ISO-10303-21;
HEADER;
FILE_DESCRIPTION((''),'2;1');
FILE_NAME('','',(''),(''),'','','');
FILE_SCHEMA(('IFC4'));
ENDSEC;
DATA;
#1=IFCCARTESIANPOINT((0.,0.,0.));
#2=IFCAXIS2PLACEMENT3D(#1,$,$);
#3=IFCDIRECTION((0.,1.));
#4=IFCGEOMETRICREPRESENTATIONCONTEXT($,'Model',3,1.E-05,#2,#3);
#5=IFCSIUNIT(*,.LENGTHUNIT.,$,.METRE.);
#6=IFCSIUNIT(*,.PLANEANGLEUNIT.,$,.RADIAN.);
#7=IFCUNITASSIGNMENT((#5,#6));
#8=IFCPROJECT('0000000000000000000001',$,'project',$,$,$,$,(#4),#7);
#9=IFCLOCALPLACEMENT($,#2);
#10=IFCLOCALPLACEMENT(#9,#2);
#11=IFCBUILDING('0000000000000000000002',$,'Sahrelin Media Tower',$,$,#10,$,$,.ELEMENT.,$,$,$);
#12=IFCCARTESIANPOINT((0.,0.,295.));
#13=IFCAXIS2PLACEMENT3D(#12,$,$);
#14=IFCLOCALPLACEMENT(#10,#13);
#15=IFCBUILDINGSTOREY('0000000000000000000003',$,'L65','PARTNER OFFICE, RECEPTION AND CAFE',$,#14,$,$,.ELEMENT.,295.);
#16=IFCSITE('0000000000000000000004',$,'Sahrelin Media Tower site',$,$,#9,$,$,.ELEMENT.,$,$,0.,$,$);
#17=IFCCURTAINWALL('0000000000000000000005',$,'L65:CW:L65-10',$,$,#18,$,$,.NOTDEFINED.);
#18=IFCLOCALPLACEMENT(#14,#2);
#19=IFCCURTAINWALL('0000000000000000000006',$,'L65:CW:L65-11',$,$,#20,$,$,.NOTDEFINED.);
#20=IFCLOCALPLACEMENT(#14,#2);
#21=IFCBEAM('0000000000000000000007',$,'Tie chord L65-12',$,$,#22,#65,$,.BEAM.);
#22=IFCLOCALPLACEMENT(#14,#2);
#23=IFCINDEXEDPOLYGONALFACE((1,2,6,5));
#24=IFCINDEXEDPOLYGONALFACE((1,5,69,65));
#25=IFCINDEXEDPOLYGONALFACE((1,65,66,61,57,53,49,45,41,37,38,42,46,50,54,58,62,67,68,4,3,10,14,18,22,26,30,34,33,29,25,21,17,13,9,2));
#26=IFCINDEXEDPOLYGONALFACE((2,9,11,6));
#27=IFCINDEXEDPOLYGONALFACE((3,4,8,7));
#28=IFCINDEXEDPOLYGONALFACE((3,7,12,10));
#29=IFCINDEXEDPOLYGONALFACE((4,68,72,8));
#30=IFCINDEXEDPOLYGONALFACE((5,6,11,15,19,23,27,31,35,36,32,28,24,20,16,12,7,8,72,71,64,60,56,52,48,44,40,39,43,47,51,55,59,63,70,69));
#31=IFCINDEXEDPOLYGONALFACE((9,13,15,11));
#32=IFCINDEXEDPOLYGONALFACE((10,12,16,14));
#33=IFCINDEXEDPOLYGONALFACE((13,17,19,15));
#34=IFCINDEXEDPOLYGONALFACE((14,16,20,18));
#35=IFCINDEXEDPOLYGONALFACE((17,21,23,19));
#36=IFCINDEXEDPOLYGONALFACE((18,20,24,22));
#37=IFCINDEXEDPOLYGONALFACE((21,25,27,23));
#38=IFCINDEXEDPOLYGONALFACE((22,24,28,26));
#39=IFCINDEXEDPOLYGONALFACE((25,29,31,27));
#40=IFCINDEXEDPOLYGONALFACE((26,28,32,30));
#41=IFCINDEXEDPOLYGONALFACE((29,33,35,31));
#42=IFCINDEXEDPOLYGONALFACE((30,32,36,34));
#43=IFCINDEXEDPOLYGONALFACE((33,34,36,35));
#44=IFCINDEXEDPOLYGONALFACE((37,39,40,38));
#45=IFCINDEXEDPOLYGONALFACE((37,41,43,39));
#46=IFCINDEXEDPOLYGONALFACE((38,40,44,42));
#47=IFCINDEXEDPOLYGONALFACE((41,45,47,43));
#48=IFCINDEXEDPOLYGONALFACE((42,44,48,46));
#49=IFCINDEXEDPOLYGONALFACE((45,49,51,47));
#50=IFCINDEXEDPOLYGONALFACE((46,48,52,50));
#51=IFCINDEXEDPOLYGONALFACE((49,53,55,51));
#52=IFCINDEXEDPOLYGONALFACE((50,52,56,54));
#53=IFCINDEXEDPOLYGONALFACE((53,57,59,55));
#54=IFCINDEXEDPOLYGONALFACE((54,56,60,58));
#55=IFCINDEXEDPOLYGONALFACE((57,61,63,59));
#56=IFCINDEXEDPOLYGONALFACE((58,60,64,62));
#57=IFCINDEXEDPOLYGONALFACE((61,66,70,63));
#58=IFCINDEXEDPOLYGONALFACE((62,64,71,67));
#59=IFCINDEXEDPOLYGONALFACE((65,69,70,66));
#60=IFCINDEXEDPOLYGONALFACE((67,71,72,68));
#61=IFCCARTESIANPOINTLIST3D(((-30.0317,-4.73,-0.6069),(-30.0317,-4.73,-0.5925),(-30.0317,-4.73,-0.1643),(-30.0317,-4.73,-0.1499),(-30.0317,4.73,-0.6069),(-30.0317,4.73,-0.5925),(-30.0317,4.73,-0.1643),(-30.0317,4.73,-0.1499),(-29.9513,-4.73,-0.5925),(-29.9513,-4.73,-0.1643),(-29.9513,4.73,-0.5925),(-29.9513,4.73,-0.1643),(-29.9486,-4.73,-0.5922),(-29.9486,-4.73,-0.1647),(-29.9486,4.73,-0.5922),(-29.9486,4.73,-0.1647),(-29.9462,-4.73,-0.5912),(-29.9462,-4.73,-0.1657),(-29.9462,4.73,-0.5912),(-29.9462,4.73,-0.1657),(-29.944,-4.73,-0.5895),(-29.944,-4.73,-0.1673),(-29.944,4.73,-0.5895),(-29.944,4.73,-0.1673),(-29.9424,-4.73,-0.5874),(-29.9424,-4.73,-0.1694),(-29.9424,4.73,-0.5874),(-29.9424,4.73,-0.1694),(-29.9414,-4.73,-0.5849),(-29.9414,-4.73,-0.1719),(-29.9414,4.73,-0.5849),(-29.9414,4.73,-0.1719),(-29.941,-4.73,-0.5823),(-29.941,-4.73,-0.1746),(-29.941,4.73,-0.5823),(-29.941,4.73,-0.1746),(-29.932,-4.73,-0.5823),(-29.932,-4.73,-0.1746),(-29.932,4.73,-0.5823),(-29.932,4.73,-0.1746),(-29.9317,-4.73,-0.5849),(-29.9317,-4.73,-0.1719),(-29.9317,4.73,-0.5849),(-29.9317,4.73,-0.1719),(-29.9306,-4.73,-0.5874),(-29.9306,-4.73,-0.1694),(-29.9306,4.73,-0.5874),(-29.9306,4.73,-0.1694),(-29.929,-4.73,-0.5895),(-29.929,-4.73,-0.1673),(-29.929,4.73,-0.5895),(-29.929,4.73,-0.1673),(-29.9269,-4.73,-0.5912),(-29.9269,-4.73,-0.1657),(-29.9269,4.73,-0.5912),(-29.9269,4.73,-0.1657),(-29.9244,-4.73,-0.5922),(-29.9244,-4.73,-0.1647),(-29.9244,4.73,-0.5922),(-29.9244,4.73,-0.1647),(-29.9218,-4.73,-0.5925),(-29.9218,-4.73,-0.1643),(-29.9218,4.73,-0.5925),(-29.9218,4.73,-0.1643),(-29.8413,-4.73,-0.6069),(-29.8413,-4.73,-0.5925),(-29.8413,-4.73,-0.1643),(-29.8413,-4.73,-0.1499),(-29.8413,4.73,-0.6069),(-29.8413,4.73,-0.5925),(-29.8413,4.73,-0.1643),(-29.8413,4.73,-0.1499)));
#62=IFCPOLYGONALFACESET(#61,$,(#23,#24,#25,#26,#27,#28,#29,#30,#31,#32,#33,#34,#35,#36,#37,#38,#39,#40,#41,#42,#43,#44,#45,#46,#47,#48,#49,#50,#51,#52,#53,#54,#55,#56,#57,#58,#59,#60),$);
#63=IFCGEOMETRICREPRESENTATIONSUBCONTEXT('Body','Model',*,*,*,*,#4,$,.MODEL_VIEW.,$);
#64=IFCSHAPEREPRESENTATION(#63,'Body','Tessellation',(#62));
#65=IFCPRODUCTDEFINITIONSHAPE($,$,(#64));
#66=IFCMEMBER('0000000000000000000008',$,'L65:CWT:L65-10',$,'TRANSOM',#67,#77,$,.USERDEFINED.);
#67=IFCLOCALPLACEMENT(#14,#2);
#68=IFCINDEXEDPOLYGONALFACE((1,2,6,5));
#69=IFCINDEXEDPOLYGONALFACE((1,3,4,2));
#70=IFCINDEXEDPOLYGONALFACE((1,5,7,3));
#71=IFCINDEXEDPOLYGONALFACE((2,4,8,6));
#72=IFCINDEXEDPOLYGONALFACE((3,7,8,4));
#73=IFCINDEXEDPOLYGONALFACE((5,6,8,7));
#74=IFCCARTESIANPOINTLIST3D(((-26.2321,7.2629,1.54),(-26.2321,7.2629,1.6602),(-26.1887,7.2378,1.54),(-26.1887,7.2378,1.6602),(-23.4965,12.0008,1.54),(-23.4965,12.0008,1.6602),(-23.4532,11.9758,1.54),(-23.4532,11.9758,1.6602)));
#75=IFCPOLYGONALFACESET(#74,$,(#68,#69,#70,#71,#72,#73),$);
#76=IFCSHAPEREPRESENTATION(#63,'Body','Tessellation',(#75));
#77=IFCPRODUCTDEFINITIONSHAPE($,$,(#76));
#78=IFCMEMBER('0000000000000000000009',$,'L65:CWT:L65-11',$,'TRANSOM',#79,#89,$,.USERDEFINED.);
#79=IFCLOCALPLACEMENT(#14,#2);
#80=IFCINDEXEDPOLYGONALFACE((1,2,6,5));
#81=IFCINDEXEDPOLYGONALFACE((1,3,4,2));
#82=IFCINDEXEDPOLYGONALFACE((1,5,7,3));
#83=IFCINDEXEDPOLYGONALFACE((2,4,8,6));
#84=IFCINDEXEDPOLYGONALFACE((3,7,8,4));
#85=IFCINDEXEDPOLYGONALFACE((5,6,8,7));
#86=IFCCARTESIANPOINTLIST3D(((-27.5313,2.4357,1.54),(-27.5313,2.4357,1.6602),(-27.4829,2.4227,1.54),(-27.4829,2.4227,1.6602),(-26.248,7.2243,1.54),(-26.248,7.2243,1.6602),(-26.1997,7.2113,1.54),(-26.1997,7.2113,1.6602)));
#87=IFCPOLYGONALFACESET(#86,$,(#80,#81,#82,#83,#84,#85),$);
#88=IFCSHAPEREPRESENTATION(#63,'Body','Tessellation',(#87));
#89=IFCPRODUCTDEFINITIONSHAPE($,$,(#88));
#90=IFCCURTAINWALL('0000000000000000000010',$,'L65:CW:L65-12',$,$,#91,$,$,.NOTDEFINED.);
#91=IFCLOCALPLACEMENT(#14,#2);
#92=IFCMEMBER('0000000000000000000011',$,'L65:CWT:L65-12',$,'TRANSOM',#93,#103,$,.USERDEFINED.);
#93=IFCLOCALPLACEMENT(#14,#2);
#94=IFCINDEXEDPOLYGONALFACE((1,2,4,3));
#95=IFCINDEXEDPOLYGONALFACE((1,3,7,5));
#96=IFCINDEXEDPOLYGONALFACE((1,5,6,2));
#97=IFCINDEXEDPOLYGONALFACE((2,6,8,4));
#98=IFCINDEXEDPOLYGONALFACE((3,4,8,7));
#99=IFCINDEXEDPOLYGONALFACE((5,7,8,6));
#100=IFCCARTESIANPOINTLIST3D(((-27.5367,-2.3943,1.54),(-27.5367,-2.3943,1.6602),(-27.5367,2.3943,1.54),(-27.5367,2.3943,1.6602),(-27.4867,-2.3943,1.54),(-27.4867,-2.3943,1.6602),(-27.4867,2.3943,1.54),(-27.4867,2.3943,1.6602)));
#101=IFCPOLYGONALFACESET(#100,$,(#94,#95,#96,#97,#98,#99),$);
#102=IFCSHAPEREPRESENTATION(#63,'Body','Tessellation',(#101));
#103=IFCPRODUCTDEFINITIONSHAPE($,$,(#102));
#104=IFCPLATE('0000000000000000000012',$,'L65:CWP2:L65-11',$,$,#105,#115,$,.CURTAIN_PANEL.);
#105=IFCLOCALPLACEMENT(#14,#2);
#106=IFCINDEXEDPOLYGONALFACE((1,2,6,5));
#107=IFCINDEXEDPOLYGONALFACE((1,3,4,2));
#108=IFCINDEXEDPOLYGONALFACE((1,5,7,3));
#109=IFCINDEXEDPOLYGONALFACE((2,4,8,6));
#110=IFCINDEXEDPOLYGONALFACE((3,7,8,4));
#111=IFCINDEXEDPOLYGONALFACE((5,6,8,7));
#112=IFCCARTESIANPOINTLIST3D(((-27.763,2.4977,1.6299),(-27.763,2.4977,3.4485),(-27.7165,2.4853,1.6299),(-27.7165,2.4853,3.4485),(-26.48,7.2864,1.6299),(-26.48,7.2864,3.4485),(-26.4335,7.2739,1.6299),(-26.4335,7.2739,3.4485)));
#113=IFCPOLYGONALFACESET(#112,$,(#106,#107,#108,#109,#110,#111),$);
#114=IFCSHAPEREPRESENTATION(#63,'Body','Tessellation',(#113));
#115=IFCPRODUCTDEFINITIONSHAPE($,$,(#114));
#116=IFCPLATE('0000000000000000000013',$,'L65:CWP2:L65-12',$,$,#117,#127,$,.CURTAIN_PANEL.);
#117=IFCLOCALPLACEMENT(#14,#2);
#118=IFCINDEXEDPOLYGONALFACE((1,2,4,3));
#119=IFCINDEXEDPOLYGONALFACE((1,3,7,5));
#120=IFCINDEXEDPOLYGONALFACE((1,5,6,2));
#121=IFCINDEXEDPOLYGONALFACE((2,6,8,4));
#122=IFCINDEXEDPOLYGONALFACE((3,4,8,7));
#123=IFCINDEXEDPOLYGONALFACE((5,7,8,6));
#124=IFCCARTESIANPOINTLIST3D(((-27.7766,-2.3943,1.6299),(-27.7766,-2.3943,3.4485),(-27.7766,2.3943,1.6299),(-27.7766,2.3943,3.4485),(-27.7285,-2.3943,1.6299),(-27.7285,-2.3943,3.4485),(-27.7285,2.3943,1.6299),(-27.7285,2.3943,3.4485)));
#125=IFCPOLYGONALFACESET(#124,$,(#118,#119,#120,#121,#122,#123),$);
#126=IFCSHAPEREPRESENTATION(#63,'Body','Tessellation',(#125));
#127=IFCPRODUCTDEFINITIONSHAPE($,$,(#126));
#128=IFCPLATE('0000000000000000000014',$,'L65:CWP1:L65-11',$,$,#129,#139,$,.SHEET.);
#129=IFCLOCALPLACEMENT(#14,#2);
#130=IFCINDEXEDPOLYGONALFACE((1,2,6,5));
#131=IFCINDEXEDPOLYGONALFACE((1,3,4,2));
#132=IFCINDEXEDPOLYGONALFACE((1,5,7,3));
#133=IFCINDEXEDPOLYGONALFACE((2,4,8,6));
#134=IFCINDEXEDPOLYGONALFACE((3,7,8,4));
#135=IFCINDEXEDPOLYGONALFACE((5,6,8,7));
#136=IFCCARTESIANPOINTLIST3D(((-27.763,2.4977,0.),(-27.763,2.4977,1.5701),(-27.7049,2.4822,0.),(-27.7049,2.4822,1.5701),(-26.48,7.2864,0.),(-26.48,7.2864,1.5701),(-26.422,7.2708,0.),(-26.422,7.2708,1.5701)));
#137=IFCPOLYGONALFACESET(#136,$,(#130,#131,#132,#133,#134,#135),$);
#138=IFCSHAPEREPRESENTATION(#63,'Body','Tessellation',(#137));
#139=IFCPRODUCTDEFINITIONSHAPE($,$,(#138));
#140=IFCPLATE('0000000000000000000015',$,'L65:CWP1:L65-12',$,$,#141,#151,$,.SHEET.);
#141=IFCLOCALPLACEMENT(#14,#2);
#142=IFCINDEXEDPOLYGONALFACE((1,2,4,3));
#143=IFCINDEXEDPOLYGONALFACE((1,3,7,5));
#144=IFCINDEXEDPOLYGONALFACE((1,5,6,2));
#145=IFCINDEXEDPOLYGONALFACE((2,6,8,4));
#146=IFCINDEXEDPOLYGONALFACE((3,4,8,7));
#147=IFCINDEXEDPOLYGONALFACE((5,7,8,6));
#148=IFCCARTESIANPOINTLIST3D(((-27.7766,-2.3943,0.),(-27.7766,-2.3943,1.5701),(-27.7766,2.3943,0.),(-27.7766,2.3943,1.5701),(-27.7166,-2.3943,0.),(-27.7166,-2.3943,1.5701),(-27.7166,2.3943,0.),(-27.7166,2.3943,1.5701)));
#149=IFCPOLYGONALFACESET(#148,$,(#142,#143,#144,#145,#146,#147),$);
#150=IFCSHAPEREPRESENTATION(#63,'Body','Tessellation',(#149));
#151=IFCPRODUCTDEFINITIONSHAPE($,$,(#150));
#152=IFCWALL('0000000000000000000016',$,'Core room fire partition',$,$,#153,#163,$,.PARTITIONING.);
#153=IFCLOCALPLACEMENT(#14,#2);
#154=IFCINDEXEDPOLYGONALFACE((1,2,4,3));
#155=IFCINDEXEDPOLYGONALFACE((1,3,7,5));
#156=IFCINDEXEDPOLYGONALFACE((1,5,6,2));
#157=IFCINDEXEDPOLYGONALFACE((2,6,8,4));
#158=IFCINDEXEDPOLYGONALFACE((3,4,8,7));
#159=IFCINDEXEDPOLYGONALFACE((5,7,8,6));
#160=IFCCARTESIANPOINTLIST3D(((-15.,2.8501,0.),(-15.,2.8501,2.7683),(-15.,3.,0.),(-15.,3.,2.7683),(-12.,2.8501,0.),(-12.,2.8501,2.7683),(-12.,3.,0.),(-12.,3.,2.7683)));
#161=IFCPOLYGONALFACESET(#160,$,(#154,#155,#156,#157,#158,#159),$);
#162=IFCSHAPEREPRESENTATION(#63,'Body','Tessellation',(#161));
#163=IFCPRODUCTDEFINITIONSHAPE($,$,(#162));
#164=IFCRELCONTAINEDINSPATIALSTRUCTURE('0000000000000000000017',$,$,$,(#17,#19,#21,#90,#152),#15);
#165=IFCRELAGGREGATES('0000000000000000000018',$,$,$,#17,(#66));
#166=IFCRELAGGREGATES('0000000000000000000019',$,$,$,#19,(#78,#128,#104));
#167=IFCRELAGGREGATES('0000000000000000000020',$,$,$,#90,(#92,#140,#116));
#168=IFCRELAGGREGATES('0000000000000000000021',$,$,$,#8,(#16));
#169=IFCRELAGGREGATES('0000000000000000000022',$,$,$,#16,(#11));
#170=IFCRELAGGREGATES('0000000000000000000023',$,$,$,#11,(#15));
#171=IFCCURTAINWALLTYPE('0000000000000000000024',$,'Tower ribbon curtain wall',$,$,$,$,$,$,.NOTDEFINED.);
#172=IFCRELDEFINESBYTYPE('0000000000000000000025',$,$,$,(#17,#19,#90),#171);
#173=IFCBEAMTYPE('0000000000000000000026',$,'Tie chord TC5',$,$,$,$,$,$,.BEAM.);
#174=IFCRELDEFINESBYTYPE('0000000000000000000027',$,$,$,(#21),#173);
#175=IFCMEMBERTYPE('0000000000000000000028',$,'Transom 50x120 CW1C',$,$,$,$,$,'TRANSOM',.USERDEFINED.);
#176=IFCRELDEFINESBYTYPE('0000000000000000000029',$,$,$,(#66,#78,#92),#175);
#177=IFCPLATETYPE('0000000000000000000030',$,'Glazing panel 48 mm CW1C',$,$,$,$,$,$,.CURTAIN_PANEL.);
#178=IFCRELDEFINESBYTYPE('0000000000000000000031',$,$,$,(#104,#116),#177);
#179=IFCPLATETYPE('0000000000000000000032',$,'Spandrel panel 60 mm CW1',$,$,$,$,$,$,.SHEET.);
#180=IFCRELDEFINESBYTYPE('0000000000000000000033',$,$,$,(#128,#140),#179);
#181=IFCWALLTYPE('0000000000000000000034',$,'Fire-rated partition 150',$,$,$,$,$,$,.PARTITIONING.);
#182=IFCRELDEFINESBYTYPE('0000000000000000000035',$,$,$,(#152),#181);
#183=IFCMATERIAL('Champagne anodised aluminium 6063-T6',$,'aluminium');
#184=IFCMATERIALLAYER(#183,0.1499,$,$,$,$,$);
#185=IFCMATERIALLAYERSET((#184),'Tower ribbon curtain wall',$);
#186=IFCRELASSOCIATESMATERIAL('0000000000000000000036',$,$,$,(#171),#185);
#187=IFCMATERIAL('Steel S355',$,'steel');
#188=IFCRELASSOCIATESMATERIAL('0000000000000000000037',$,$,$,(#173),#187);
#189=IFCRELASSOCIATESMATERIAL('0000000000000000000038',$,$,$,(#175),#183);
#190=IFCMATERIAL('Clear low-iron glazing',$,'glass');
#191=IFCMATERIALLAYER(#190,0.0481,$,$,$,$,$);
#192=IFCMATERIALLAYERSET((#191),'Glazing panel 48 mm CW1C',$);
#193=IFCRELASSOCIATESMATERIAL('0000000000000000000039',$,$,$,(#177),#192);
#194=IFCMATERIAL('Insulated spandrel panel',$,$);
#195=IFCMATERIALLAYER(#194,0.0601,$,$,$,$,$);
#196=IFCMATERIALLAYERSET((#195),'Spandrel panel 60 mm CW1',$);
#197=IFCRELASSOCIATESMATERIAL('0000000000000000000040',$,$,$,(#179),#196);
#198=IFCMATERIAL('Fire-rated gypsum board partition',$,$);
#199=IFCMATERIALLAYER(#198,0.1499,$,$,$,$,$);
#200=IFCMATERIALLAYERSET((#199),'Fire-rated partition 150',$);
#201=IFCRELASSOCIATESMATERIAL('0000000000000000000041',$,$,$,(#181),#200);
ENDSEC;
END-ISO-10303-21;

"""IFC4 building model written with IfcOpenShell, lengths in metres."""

from ifc_helpers import new_model, si_unit, direction, frame, frame_2d, origin, origin_2d, place, context, subcontext, project, spatial, polyline, rectangle, i_section, outline, extrude, material, layer, layer_set, material_profile, profile_set, type_object, element, aggregate, save


model = new_model("IFC4")

# Units and contexts
model_context = context("Model", 3, precision=1e-05, world=origin(), true_north=direction((0.0, 1.0)))
body_context = subcontext(model_context, "Body", "Model", "MODEL_VIEW")
ifc_project = project(units=[si_unit("LENGTHUNIT", "METRE"), si_unit("PLANEANGLEUNIT", "RADIAN")], contexts=[model_context])

# Site, building, storey
site_placement = place(None, origin())
site = spatial("IfcSite", under=ifc_project, at=site_placement, Name="Sahrelin Media Tower site", CompositionType="ELEMENT", RefElevation=0.0)
building_placement = place(site_placement, origin())
building = spatial("IfcBuilding", under=site, at=building_placement, Name="Sahrelin Media Tower", CompositionType="ELEMENT")
storey_placement = place(building_placement, frame((0.0, 0.0, 295.0)))
storey = spatial("IfcBuildingStorey", under=building, at=storey_placement, Name="L65", Description="PARTNER OFFICE, RECEPTION AND CAFE", CompositionType="ELEMENT", Elevation=295.0)

# Shared definitions
ifc_material_1 = material(Name="Steel S355", Category="steel")

# Curtain walls
ifc_material_2 = material(Name="Champagne anodised aluminium 6063-T6", Category="aluminium")
ifc_layer_1 = layer(ifc_material_2, 0.1499)
ifc_layer_set_1 = layer_set([ifc_layer_1], Name="Tower ribbon curtain wall")
curtain_wall_type = type_object("IfcCurtainWallType", Name="Tower ribbon curtain wall", PredefinedType="NOTDEFINED", material=ifc_layer_set_1)
curtain_wall_1_placement = place(storey_placement, frame((-25.0549, 9.7417, 0.0), z_axis=(0.0, 0.0, 1.0), x_axis=(1.0, 0.0, 0.0)))
curtain_wall_1 = element("IfcCurtainWall", 1, at=curtain_wall_1_placement, inside=storey, type_object=curtain_wall_type, Name="L65:CW:L65-10", PredefinedType="NOTDEFINED")
curtain_wall_2_placement = place(storey_placement, frame((-27.1021, 4.887, 0.0), z_axis=(0.0, 0.0, 1.0), x_axis=(1.0, 0.0, 0.0)))
curtain_wall_2 = element("IfcCurtainWall", 2, at=curtain_wall_2_placement, inside=storey, type_object=curtain_wall_type, Name="L65:CW:L65-11", PredefinedType="NOTDEFINED")

# Beam
ifc_material_profile_1 = material_profile(ifc_material_1, i_section(OverallWidth=0.1904, OverallDepth=0.457, WebThickness=0.009, FlangeThickness=0.0144, FilletRadius=0.0103, at=origin_2d()), Name="UB 457x191x74")
ifc_profile_set_1 = profile_set([ifc_material_profile_1], Name="Steel S355")
beam_type_1 = type_object("IfcBeamType", Name="Tie chord TC5", PredefinedType="BEAM", material=ifc_profile_set_1)
beam_1_placement = place(storey_placement, frame((-29.9365, 4.73, -0.3784), z_axis=(0.0, -1.0, 0.0), x_axis=(1.0, 0.0, 0.0)))
element("IfcBeam", 3, at=beam_1_placement, inside=storey, type_object=beam_type_1, Name="Tie chord L65-12", PredefinedType="BEAM", context=body_context, shape_type="SweptSolid", body=[
    extrude(i_section(OverallWidth=0.1904, OverallDepth=0.457, WebThickness=0.009, FlangeThickness=0.0144, FilletRadius=0.0103, at=origin_2d()), origin(), (0.0, 0.0, 1.0), 9.46),
])

# Members
ifc_material_profile_2 = material_profile(ifc_material_2, rectangle(XDim=0.05, YDim=0.1201, at=origin_2d()), Name="Transom 50x120")
ifc_profile_set_2 = profile_set([ifc_material_profile_2], Name="Champagne anodised aluminium 6063-T6")
member_type_1 = type_object("IfcMemberType", Name="Transom 50x120 CW1C", ElementType="TRANSOM", PredefinedType="USERDEFINED", material=ifc_profile_set_2)
member_1_placement = place(storey_placement, frame((-23.4749, 11.9883, 1.6001), z_axis=(-0.500012, -0.866018, 0.0), x_axis=(0.866018, -0.500012, 0.0)))
member_1 = element("IfcMember", 4, at=member_1_placement, type_object=member_type_1, Name="L65:CWT:L65-10", ObjectType="TRANSOM", PredefinedType="USERDEFINED", context=body_context, shape_type="SweptSolid", body=[
    extrude(rectangle(XDim=0.05, YDim=0.1201, at=origin_2d()), origin(), (0.0, 0.0, 1.0), 5.4709),
])
aggregate(curtain_wall_1, [member_1])
member_2_placement = place(storey_placement, frame((-26.2239, 7.2178, 1.6001), z_axis=(-0.258839, -0.96592, 0.0), x_axis=(0.96592, -0.258839, 0.0)))
member_2 = element("IfcMember", 5, at=member_2_placement, type_object=member_type_1, Name="L65:CWT:L65-11", ObjectType="TRANSOM", PredefinedType="USERDEFINED", context=body_context, shape_type="SweptSolid", body=[
    extrude(rectangle(XDim=0.05, YDim=0.1201, at=origin_2d()), origin(), (0.0, 0.0, 1.0), 4.9575),
])

# Curtain wall, member
curtain_wall_3_placement = place(storey_placement, frame((-27.7566, 0.0, 0.0), z_axis=(0.0, 0.0, 1.0), x_axis=(1.0, 0.0, 0.0)))
curtain_wall_3 = element("IfcCurtainWall", 6, at=curtain_wall_3_placement, inside=storey, type_object=curtain_wall_type, Name="L65:CW:L65-12", PredefinedType="NOTDEFINED")
member_3_placement = place(storey_placement, frame((-27.5117, 2.3943, 1.6001), z_axis=(0.0, -1.0, 0.0), x_axis=(1.0, 0.0, 0.0)))
member_3 = element("IfcMember", 7, at=member_3_placement, type_object=member_type_1, Name="L65:CWT:L65-12", ObjectType="TRANSOM", PredefinedType="USERDEFINED", context=body_context, shape_type="SweptSolid", body=[
    extrude(rectangle(XDim=0.05, YDim=0.1201, at=origin_2d()), origin(), (0.0, 0.0, 1.0), 4.7886),
])

# Plates
ifc_material_3 = material(Name="Clear low-iron glazing", Category="glass")
ifc_layer_2 = layer(ifc_material_3, 0.0481)
ifc_layer_set_2 = layer_set([ifc_layer_2], Name="Glazing panel 48 mm CW1C")
plate_type_1 = type_object("IfcPlateType", Name="Glazing panel 48 mm CW1C", PredefinedType="CURTAIN_PANEL", material=ifc_layer_set_2)
plate_1_placement = place(storey_placement, frame((-26.48, 7.2864, 1.6299), z_axis=(-0.965933, 0.258794, 0.0), x_axis=(-0.258794, -0.965933, 0.0)))
plate_1 = element("IfcPlate", 8, at=plate_1_placement, type_object=plate_type_1, Name="L65:CWP2:L65-11", PredefinedType="CURTAIN_PANEL", context=body_context, shape_type="SweptSolid", body=[
    extrude(outline(polyline([(0.0, 0.0), (4.9575, 0.0), (4.9575, 1.8186), (0.0, 1.8186), (0.0, 0.0)])), origin(), (0.0, 0.0, -1.0), 0.0481),
])
plate_2_placement = place(storey_placement, frame((-27.7766, 2.3943, 1.6299), z_axis=(-1.0, 0.0, 0.0), x_axis=(0.0, -1.0, 0.0)))
plate_2 = element("IfcPlate", 9, at=plate_2_placement, type_object=plate_type_1, Name="L65:CWP2:L65-12", PredefinedType="CURTAIN_PANEL", context=body_context, shape_type="SweptSolid", body=[
    extrude(outline(polyline([(0.0, 0.0), (4.7886, 0.0), (4.7886, 1.8186), (0.0, 1.8186), (0.0, 0.0)])), origin(), (0.0, 0.0, -1.0), 0.0481),
])
ifc_material_4 = material(Name="Insulated spandrel panel")
ifc_layer_3 = layer(ifc_material_4, 0.0601)
ifc_layer_set_3 = layer_set([ifc_layer_3], Name="Spandrel panel 60 mm CW1")
plate_type_2 = type_object("IfcPlateType", Name="Spandrel panel 60 mm CW1", PredefinedType="SHEET", material=ifc_layer_set_3)
plate_3_placement = place(storey_placement, frame((-26.48, 7.2864, 0.0), z_axis=(-0.965933, 0.258794, 0.0), x_axis=(-0.258794, -0.965933, 0.0)))
plate_3 = element("IfcPlate", 10, at=plate_3_placement, type_object=plate_type_2, Name="L65:CWP1:L65-11", PredefinedType="SHEET", context=body_context, shape_type="SweptSolid", body=[
    extrude(outline(polyline([(0.0, 0.0), (4.9575, 0.0), (4.9575, 1.5701), (0.0, 1.5701), (0.0, 0.0)])), origin(), (0.0, 0.0, -1.0), 0.0601),
])
aggregate(curtain_wall_2, [member_2, plate_3, plate_1])
plate_4_placement = place(storey_placement, frame((-27.7766, 2.3943, 0.0), z_axis=(-1.0, 0.0, 0.0), x_axis=(0.0, -1.0, 0.0)))
plate_4 = element("IfcPlate", 11, at=plate_4_placement, type_object=plate_type_2, Name="L65:CWP1:L65-12", PredefinedType="SHEET", context=body_context, shape_type="SweptSolid", body=[
    extrude(outline(polyline([(0.0, 0.0), (4.7886, 0.0), (4.7886, 1.5701), (0.0, 1.5701), (0.0, 0.0)])), origin(), (0.0, 0.0, -1.0), 0.0601),
])
aggregate(curtain_wall_3, [member_3, plate_4, plate_2])

# Wall
ifc_material_5 = material(Name="Fire-rated gypsum board partition")
ifc_layer_4 = layer(ifc_material_5, 0.1499)
ifc_layer_set_4 = layer_set([ifc_layer_4], Name="Fire-rated partition 150")
wall_type_1 = type_object("IfcWallType", Name="Fire-rated partition 150", PredefinedType="PARTITIONING", material=ifc_layer_set_4)
wall_1_placement = place(storey_placement, frame((-15.0, 2.925, 0.0), z_axis=(0.0, 0.0, 1.0), x_axis=(1.0, 0.0, 0.0)))
element("IfcWall", 12, at=wall_1_placement, inside=storey, type_object=wall_type_1, Name="Core room fire partition", PredefinedType="PARTITIONING", context=body_context, shape_type="SweptSolid", body=[
    extrude(rectangle(XDim=3.0, YDim=0.1499, at=frame_2d((1.5, 0.0))), origin(), (0.0, 0.0, 1.0), 2.7683),
])

save(model, "model.ifc")
